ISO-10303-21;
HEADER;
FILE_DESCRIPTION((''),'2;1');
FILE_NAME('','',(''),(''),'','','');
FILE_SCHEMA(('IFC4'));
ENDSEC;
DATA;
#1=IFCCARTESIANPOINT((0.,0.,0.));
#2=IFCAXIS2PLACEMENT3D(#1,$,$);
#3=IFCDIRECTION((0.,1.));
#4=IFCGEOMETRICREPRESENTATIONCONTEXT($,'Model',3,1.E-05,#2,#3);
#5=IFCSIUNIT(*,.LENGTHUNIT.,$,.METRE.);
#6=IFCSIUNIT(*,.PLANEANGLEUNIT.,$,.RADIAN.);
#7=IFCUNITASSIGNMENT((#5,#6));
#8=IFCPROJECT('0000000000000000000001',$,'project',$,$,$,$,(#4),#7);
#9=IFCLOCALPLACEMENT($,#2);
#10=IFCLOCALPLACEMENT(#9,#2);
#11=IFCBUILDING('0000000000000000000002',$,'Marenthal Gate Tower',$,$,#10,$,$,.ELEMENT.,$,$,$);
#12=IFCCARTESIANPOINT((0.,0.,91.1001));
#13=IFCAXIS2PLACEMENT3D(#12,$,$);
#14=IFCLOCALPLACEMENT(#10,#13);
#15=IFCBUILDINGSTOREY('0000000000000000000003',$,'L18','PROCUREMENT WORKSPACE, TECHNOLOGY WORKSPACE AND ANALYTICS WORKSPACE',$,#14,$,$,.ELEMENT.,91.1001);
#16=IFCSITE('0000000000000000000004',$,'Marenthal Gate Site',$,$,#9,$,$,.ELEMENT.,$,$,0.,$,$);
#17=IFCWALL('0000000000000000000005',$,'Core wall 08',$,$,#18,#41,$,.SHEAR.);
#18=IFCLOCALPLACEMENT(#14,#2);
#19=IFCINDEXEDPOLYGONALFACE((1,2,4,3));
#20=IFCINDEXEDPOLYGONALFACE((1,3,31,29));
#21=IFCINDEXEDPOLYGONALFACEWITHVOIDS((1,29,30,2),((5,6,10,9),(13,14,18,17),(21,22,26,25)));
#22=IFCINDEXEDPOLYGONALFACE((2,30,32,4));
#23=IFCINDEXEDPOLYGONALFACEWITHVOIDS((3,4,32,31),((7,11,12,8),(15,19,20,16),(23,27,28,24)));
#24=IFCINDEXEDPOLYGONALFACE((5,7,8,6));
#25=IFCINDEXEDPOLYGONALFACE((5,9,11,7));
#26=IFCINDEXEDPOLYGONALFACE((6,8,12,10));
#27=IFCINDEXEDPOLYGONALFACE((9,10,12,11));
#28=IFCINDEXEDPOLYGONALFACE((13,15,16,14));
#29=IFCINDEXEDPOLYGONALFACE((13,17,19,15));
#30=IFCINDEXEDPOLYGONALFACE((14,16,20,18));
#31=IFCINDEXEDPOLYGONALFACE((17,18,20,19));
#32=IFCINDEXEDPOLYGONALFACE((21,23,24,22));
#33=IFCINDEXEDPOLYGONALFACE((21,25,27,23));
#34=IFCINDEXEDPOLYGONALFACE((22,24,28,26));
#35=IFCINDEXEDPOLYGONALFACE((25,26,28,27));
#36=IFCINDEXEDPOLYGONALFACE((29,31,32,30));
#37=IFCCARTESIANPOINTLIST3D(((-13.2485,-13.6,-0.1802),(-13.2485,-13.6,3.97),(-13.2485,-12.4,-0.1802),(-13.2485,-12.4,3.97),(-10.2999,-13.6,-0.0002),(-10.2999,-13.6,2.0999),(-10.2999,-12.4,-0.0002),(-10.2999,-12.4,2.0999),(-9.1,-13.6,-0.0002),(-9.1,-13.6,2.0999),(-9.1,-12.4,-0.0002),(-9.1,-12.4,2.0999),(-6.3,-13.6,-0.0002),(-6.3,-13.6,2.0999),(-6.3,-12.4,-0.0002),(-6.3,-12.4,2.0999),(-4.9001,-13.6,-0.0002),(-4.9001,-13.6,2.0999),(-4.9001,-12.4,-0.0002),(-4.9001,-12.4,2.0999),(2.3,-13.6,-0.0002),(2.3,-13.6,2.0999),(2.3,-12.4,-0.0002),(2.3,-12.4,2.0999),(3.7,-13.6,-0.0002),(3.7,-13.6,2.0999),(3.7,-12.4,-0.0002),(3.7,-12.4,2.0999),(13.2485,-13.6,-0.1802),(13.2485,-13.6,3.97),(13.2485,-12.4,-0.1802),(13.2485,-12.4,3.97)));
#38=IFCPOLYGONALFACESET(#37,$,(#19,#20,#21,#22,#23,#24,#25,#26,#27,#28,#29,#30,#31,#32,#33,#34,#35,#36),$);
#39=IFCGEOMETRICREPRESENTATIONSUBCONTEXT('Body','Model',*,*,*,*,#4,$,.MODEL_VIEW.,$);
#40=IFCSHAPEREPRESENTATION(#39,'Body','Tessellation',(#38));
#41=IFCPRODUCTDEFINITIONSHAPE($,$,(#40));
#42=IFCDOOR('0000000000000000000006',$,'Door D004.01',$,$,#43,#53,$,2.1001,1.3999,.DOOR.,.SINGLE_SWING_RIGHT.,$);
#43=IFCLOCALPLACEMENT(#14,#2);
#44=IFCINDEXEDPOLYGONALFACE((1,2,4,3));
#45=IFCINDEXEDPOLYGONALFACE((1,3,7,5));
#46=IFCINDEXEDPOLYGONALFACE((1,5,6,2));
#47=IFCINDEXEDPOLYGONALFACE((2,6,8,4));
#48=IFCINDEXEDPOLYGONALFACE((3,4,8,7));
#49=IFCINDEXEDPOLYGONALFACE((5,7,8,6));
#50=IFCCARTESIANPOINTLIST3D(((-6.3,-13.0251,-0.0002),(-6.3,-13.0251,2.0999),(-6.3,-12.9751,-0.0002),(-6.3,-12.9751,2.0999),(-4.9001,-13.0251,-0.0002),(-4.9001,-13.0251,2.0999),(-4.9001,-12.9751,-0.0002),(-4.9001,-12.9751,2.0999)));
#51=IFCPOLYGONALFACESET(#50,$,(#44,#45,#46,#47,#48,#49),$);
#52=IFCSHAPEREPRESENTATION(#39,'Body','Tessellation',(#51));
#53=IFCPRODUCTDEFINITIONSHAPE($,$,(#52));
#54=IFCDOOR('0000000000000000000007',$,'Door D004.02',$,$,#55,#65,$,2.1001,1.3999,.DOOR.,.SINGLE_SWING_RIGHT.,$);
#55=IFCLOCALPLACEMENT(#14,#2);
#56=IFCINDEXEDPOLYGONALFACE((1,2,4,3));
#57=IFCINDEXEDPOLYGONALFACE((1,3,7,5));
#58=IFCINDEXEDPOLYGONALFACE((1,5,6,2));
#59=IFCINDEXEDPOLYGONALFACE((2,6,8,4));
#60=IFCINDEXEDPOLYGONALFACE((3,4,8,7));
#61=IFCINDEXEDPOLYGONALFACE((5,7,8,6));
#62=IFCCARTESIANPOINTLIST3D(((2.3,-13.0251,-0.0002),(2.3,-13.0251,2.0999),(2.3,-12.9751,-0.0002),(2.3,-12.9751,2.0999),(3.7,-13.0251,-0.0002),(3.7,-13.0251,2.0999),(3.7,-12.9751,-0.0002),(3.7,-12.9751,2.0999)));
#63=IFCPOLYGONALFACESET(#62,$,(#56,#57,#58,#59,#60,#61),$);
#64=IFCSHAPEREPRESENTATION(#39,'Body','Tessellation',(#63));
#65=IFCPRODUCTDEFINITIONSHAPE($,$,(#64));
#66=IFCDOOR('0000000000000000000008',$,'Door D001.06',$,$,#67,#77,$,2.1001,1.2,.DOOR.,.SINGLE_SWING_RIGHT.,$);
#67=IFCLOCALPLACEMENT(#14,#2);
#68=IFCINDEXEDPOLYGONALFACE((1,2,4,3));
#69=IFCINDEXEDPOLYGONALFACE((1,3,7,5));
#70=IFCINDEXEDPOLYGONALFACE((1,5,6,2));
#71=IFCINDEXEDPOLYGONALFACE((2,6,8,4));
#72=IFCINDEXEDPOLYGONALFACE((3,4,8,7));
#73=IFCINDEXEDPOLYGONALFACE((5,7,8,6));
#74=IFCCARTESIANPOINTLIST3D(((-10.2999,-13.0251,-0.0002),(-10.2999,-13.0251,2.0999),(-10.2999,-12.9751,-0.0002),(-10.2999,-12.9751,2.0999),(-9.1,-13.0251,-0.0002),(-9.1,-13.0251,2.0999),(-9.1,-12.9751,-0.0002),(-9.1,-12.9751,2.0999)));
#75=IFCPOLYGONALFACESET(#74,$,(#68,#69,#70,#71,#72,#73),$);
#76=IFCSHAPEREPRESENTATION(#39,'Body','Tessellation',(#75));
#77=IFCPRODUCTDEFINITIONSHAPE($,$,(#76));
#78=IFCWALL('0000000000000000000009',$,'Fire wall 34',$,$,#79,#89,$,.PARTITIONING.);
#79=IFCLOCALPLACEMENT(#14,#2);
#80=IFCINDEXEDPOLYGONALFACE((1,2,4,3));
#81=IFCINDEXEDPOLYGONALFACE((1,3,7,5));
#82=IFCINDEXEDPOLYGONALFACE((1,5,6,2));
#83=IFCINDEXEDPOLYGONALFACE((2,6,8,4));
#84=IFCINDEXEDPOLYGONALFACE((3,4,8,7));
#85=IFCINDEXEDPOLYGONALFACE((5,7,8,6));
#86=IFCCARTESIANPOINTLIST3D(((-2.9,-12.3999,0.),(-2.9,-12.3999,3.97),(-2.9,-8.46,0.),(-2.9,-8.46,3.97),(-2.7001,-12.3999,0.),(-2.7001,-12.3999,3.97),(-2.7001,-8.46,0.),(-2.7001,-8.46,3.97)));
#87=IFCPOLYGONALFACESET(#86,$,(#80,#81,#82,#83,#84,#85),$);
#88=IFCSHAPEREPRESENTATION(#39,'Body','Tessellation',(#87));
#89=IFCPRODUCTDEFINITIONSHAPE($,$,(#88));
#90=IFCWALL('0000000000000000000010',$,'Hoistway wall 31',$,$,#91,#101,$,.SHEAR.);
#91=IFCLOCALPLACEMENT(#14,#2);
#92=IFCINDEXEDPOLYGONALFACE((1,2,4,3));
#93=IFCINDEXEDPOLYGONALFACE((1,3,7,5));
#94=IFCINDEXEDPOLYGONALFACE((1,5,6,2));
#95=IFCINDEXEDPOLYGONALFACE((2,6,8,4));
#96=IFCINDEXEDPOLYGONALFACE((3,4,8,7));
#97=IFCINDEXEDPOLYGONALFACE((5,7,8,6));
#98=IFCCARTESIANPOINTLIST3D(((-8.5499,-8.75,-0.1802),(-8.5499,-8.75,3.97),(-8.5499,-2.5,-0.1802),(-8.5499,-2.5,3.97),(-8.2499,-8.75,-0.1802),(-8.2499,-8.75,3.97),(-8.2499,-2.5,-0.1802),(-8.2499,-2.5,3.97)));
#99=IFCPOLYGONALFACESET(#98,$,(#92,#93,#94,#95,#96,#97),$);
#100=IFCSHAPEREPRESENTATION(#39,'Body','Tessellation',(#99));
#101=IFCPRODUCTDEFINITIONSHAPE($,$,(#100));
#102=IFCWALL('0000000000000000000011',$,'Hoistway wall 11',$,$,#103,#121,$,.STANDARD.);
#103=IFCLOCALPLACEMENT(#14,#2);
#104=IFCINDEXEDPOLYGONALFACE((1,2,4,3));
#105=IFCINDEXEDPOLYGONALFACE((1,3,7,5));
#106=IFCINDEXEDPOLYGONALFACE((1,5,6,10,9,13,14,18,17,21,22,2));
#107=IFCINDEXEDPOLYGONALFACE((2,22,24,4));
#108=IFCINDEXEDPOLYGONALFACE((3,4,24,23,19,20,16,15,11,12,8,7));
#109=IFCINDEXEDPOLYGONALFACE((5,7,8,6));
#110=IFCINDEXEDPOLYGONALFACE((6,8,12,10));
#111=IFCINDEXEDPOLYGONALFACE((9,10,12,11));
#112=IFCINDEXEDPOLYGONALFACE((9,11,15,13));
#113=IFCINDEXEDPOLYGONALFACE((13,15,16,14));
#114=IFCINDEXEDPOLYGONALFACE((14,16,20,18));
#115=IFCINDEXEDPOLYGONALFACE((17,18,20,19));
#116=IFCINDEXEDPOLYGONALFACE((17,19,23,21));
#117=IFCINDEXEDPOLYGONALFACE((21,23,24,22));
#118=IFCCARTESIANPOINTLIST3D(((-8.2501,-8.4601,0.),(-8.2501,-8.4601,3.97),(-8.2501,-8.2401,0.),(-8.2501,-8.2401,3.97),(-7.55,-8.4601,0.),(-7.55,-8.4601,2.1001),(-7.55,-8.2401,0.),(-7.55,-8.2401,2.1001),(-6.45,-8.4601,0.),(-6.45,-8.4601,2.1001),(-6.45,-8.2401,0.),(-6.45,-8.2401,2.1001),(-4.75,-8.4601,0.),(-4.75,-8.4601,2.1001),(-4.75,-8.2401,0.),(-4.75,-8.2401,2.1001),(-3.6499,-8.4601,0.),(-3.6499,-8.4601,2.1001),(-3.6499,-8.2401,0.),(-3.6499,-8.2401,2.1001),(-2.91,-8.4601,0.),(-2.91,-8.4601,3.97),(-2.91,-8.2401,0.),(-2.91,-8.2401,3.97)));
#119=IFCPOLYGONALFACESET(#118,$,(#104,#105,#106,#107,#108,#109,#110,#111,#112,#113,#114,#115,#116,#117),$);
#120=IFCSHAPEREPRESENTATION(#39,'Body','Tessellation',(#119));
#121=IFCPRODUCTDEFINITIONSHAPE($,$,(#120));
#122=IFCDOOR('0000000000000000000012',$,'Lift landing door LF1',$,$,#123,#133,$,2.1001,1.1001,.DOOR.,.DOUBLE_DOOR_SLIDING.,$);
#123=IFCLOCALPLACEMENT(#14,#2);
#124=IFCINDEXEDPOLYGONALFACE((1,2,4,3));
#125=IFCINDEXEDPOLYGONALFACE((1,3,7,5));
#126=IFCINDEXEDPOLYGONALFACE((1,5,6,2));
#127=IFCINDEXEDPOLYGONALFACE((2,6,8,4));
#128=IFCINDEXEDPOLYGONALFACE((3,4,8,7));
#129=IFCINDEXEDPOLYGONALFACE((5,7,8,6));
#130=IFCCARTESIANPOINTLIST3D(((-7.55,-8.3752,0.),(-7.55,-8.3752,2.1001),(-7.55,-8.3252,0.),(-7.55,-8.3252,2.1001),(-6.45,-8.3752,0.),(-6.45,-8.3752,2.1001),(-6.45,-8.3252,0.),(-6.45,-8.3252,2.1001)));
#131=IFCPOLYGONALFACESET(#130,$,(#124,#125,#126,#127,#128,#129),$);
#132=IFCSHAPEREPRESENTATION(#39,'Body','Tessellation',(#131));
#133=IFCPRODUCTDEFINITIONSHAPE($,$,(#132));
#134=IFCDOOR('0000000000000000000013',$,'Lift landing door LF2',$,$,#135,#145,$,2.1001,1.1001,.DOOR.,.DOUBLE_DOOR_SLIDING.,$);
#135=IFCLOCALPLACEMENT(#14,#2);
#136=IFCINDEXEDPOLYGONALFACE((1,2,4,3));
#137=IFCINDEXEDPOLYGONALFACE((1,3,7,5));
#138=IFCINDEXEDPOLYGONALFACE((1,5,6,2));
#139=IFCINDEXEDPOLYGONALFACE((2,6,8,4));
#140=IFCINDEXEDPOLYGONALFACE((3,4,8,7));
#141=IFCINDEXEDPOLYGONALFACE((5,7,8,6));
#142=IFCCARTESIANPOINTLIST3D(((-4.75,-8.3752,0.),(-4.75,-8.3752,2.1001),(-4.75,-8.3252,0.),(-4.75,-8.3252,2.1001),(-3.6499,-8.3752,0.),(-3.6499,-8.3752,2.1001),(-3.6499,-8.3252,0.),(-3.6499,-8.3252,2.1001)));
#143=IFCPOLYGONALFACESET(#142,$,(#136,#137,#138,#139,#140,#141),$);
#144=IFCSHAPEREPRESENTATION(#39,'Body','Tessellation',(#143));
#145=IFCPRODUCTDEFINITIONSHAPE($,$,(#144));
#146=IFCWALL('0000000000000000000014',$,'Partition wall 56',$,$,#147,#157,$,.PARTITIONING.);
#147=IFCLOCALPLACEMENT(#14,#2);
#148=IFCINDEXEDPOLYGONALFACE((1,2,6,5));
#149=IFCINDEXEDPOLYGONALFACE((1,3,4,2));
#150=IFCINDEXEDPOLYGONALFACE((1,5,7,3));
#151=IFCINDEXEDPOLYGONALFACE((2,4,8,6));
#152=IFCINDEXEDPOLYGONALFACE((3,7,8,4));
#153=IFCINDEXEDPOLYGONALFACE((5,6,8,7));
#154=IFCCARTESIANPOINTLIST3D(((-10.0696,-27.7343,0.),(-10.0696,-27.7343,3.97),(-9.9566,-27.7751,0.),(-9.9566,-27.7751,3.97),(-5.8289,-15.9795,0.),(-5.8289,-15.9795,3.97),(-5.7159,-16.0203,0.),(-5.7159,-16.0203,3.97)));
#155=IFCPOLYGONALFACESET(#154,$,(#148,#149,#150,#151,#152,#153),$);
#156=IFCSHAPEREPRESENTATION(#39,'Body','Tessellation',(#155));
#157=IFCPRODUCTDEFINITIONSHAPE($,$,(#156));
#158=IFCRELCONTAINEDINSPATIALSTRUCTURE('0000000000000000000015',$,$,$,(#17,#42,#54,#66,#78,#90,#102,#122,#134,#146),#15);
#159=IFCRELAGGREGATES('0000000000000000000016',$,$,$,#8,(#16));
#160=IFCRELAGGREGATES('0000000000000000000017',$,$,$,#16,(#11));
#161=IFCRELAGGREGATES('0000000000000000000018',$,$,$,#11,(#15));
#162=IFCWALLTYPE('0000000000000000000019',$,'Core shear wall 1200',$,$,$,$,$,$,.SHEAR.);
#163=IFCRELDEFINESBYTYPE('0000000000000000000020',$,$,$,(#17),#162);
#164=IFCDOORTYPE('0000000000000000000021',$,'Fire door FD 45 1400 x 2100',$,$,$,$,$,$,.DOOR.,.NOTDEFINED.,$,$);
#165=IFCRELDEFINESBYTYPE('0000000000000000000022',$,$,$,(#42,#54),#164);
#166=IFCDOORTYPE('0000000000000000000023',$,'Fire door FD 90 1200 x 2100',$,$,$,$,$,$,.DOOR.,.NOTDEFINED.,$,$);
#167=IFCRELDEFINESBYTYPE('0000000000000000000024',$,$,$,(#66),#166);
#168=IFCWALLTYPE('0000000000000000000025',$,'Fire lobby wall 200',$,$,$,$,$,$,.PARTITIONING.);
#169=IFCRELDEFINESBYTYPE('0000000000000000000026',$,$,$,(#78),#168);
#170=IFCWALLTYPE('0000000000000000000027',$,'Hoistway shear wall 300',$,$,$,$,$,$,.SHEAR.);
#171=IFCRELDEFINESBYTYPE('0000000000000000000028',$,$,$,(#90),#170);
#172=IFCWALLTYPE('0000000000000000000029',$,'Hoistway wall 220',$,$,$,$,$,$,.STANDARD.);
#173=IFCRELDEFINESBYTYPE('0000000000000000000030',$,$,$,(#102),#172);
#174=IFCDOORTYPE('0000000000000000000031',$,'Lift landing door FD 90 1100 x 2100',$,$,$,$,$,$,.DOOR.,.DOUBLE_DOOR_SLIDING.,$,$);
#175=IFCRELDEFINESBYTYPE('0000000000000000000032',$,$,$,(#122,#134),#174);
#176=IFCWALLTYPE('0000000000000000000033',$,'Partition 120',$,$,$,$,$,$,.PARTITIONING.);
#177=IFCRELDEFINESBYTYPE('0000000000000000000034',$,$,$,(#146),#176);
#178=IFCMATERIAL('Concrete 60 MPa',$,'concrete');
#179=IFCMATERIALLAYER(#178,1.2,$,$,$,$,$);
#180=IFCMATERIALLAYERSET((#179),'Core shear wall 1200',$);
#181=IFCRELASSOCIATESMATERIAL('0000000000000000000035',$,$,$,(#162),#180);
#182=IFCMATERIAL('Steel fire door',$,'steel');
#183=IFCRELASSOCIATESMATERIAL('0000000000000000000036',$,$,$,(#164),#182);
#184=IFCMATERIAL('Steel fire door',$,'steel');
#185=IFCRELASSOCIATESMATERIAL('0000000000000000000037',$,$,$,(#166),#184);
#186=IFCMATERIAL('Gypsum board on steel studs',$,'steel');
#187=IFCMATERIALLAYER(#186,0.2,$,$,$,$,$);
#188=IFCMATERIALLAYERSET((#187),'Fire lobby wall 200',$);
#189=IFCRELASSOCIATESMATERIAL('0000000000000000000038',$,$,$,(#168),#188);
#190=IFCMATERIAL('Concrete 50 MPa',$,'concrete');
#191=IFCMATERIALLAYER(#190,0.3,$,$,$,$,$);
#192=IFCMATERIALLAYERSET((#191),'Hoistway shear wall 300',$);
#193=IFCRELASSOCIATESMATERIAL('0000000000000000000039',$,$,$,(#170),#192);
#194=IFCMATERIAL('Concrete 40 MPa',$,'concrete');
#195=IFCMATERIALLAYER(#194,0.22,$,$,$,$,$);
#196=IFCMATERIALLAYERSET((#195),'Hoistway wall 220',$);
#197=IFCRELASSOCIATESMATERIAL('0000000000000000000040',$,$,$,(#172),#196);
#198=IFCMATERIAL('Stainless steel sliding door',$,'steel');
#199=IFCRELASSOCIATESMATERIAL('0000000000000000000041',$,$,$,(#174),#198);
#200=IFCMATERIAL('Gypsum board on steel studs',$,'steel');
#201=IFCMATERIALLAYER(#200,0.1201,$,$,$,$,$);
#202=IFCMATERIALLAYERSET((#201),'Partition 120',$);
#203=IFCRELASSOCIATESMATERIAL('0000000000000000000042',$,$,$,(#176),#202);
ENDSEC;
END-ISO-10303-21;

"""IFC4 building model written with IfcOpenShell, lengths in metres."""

from ifc_helpers import new_model, si_unit, direction, frame, frame_2d, origin, place, context, subcontext, project, spatial, rectangle, extrude, material, layer, layer_set, type_object, element, fill, save


model = new_model("IFC4")

# Units and contexts
model_context = context("Model", 3, precision=1e-05, world=origin(), true_north=direction((0.0, 1.0)))
body_context = subcontext(model_context, "Body", "Model", "MODEL_VIEW")
ifc_project = project(units=[si_unit("LENGTHUNIT", "METRE"), si_unit("PLANEANGLEUNIT", "RADIAN")], contexts=[model_context])

# Site, building, storey
site_placement = place(None, origin())
site = spatial("IfcSite", under=ifc_project, at=site_placement, Name="Marenthal Gate Site", CompositionType="ELEMENT", RefElevation=0.0)
building_placement = place(site_placement, origin())
building = spatial("IfcBuilding", under=site, at=building_placement, Name="Marenthal Gate Tower", CompositionType="ELEMENT")
storey_placement = place(building_placement, frame((0.0, 0.0, 91.1001)))
storey = spatial("IfcBuildingStorey", under=building, at=storey_placement, Name="L18", Description="PROCUREMENT WORKSPACE, TECHNOLOGY WORKSPACE AND ANALYTICS WORKSPACE", CompositionType="ELEMENT", Elevation=91.1001)

# Wall, openings, doors
ifc_material_1 = material(Name="Concrete 60 MPa", Category="concrete")
ifc_layer_1 = layer(ifc_material_1, 1.2)
ifc_layer_set_1 = layer_set([ifc_layer_1], Name="Core shear wall 1200")
wall_type_1 = type_object("IfcWallType", Name="Core shear wall 1200", PredefinedType="SHEAR", material=ifc_layer_set_1)
wall_1_placement = place(storey_placement, frame((-13.2485, -13.0, -0.1802), z_axis=(0.0, 0.0, 1.0), x_axis=(1.0, 0.0, 0.0)))
wall_1 = element("IfcWall", 1, at=wall_1_placement, inside=storey, type_object=wall_type_1, Name="Core wall 08", PredefinedType="SHEAR", context=body_context, shape_type="SweptSolid", body=[
    extrude(rectangle(XDim=26.4971, YDim=1.2, at=frame_2d((13.2485, 0.0))), origin(), (0.0, 0.0, 1.0), 4.1501),
])
opening_1_placement = place(wall_1_placement, frame((2.9485, 0.0, 0.1799)))
opening_1 = element("IfcOpeningElement", 2, at=opening_1_placement, cuts=wall_1, PredefinedType="OPENING", context=body_context, shape_type="SweptSolid", body=[
    extrude(rectangle(XDim=1.2, YDim=2.1001, at=frame_2d((0.6001, 1.05))), frame((0.0, 0.6099, 0.0), z_axis=(0.0, -1.0, 0.0), x_axis=(1.0, 0.0, 0.0)), (0.0, 0.0, 1.0), 1.22),
])
opening_2_placement = place(wall_1_placement, frame((6.9485, 0.0, 0.1799)))
opening_2 = element("IfcOpeningElement", 3, at=opening_2_placement, cuts=wall_1, PredefinedType="OPENING", context=body_context, shape_type="SweptSolid", body=[
    extrude(rectangle(XDim=1.3999, YDim=2.1001, at=frame_2d((0.7, 1.05))), frame((0.0, 0.6099, 0.0), z_axis=(0.0, -1.0, 0.0), x_axis=(1.0, 0.0, 0.0)), (0.0, 0.0, 1.0), 1.22),
])
opening_3_placement = place(wall_1_placement, frame((15.5486, 0.0, 0.1799)))
opening_3 = element("IfcOpeningElement", 4, at=opening_3_placement, cuts=wall_1, PredefinedType="OPENING", context=body_context, shape_type="SweptSolid", body=[
    extrude(rectangle(XDim=1.3999, YDim=2.1001, at=frame_2d((0.7, 1.05))), frame((0.0, 0.6099, 0.0), z_axis=(0.0, -1.0, 0.0), x_axis=(1.0, 0.0, 0.0)), (0.0, 0.0, 1.0), 1.22),
])
ifc_material_2 = material(Name="Steel fire door", Category="steel")
door_type_1 = type_object("IfcDoorType", Name="Fire door FD 45 1400 x 2100", OperationType="NOTDEFINED", PredefinedType="DOOR", material=ifc_material_2)
door_1_placement = place(opening_2_placement, origin())
door_1 = element("IfcDoor", 5, at=door_1_placement, inside=storey, type_object=door_type_1, Name="Door D004.01", OperationType="SINGLE_SWING_RIGHT", OverallHeight=2.1001, OverallWidth=1.3999, PredefinedType="DOOR", context=body_context, shape_type="SweptSolid", body=[
    extrude(rectangle(XDim=1.3999, YDim=2.1001, at=frame_2d((0.7, 1.05))), frame((0.0, 0.0249, 0.0), z_axis=(0.0, -1.0, 0.0), x_axis=(1.0, 0.0, 0.0)), (0.0, 0.0, 1.0), 0.05),
])
fill(opening_2, door_1)
door_2_placement = place(opening_3_placement, origin())
door_2 = element("IfcDoor", 6, at=door_2_placement, inside=storey, type_object=door_type_1, Name="Door D004.02", OperationType="SINGLE_SWING_RIGHT", OverallHeight=2.1001, OverallWidth=1.3999, PredefinedType="DOOR", context=body_context, shape_type="SweptSolid", body=[
    extrude(rectangle(XDim=1.3999, YDim=2.1001, at=frame_2d((0.7, 1.05))), frame((0.0, 0.0249, 0.0), z_axis=(0.0, -1.0, 0.0), x_axis=(1.0, 0.0, 0.0)), (0.0, 0.0, 1.0), 0.05),
])
fill(opening_3, door_2)
ifc_material_3 = material(Name="Steel fire door", Category="steel")
door_type_2 = type_object("IfcDoorType", Name="Fire door FD 90 1200 x 2100", OperationType="NOTDEFINED", PredefinedType="DOOR", material=ifc_material_3)
door_3_placement = place(opening_1_placement, origin())
door_3 = element("IfcDoor", 7, at=door_3_placement, inside=storey, type_object=door_type_2, Name="Door D001.06", OperationType="SINGLE_SWING_RIGHT", OverallHeight=2.1001, OverallWidth=1.2, PredefinedType="DOOR", context=body_context, shape_type="SweptSolid", body=[
    extrude(rectangle(XDim=1.2, YDim=2.1001, at=frame_2d((0.6001, 1.05))), frame((0.0, 0.0249, 0.0), z_axis=(0.0, -1.0, 0.0), x_axis=(1.0, 0.0, 0.0)), (0.0, 0.0, 1.0), 0.05),
])
fill(opening_1, door_3)

# Walls
ifc_material_4 = material(Name="Gypsum board on steel studs", Category="steel")
ifc_layer_2 = layer(ifc_material_4, 0.2)
ifc_layer_set_2 = layer_set([ifc_layer_2], Name="Fire lobby wall 200")
wall_type_2 = type_object("IfcWallType", Name="Fire lobby wall 200", PredefinedType="PARTITIONING", material=ifc_layer_set_2)
wall_2_placement = place(storey_placement, frame((-2.8, -12.3999, 0.0), z_axis=(0.0, 0.0, 1.0), x_axis=(0.0, 1.0, 0.0)))
element("IfcWall", 8, at=wall_2_placement, inside=storey, type_object=wall_type_2, Name="Fire wall 34", PredefinedType="PARTITIONING", context=body_context, shape_type="SweptSolid", body=[
    extrude(rectangle(XDim=3.9399, YDim=0.2, at=frame_2d((1.97, 0.0))), origin(), (0.0, 0.0, 1.0), 3.97),
])
ifc_material_5 = material(Name="Concrete 50 MPa", Category="concrete")
ifc_layer_3 = layer(ifc_material_5, 0.3)
ifc_layer_set_3 = layer_set([ifc_layer_3], Name="Hoistway shear wall 300")
wall_type_3 = type_object("IfcWallType", Name="Hoistway shear wall 300", PredefinedType="SHEAR", material=ifc_layer_set_3)
wall_3_placement = place(storey_placement, frame((-8.3999, -8.75, -0.1802), z_axis=(0.0, 0.0, 1.0), x_axis=(0.0, 1.0, 0.0)))
element("IfcWall", 9, at=wall_3_placement, inside=storey, type_object=wall_type_3, Name="Hoistway wall 31", PredefinedType="SHEAR", context=body_context, shape_type="SweptSolid", body=[
    extrude(rectangle(XDim=6.25, YDim=0.3, at=frame_2d((3.125, 0.0))), origin(), (0.0, 0.0, 1.0), 4.1501),
])

# Wall, openings, doors
ifc_material_6 = material(Name="Concrete 40 MPa", Category="concrete")
ifc_layer_4 = layer(ifc_material_6, 0.22)
ifc_layer_set_4 = layer_set([ifc_layer_4], Name="Hoistway wall 220")
wall_type_4 = type_object("IfcWallType", Name="Hoistway wall 220", PredefinedType="STANDARD", material=ifc_layer_set_4)
wall_4_placement = place(storey_placement, frame((-8.25, -8.3501, 0.0), z_axis=(0.0, 0.0, 1.0), x_axis=(1.0, 0.0, 0.0)))
wall_4 = element("IfcWall", 10, at=wall_4_placement, inside=storey, type_object=wall_type_4, Name="Hoistway wall 11", PredefinedType="STANDARD", context=body_context, shape_type="SweptSolid", body=[
    extrude(rectangle(XDim=5.3401, YDim=0.22, at=frame_2d((2.6699, 0.0))), origin(), (0.0, 0.0, 1.0), 3.97),
])
opening_4_placement = place(wall_4_placement, frame((0.7, 0.0, 0.0)))
opening_4 = element("IfcOpeningElement", 11, at=opening_4_placement, cuts=wall_4, PredefinedType="OPENING", context=body_context, shape_type="SweptSolid", body=[
    extrude(rectangle(XDim=1.1001, YDim=2.1001, at=frame_2d((0.55, 1.05))), frame((0.0, 0.1201, 0.0), z_axis=(0.0, -1.0, 0.0), x_axis=(1.0, 0.0, 0.0)), (0.0, 0.0, 1.0), 0.24),
])
opening_5_placement = place(wall_4_placement, frame((3.5, 0.0, 0.0)))
opening_5 = element("IfcOpeningElement", 12, at=opening_5_placement, cuts=wall_4, PredefinedType="OPENING", context=body_context, shape_type="SweptSolid", body=[
    extrude(rectangle(XDim=1.1001, YDim=2.1001, at=frame_2d((0.55, 1.05))), frame((0.0, 0.1201, 0.0), z_axis=(0.0, -1.0, 0.0), x_axis=(1.0, 0.0, 0.0)), (0.0, 0.0, 1.0), 0.24),
])
ifc_material_7 = material(Name="Stainless steel sliding door", Category="steel")
door_type_3 = type_object("IfcDoorType", Name="Lift landing door FD 90 1100 x 2100", OperationType="DOUBLE_DOOR_SLIDING", PredefinedType="DOOR", material=ifc_material_7)
door_4_placement = place(opening_4_placement, origin())
door_4 = element("IfcDoor", 13, at=door_4_placement, inside=storey, type_object=door_type_3, Name="Lift landing door LF1", OperationType="DOUBLE_DOOR_SLIDING", OverallHeight=2.1001, OverallWidth=1.1001, PredefinedType="DOOR", context=body_context, shape_type="SweptSolid", body=[
    extrude(rectangle(XDim=1.1001, YDim=2.1001, at=frame_2d((0.55, 1.05))), frame((0.0, 0.0249, 0.0), z_axis=(0.0, -1.0, 0.0), x_axis=(1.0, 0.0, 0.0)), (0.0, 0.0, 1.0), 0.05),
])
fill(opening_4, door_4)
door_5_placement = place(opening_5_placement, origin())
door_5 = element("IfcDoor", 14, at=door_5_placement, inside=storey, type_object=door_type_3, Name="Lift landing door LF2", OperationType="DOUBLE_DOOR_SLIDING", OverallHeight=2.1001, OverallWidth=1.1001, PredefinedType="DOOR", context=body_context, shape_type="SweptSolid", body=[
    extrude(rectangle(XDim=1.1001, YDim=2.1001, at=frame_2d((0.55, 1.05))), frame((0.0, 0.0249, 0.0), z_axis=(0.0, -1.0, 0.0), x_axis=(1.0, 0.0, 0.0)), (0.0, 0.0, 1.0), 0.05),
])
fill(opening_5, door_5)

# Wall
ifc_material_8 = material(Name="Gypsum board on steel studs", Category="steel")
ifc_layer_5 = layer(ifc_material_8, 0.1201)
ifc_layer_set_5 = layer_set([ifc_layer_5], Name="Partition 120")
wall_type_5 = type_object("IfcWallType", Name="Partition 120", PredefinedType="PARTITIONING", material=ifc_layer_set_5)
wall_5_placement = place(storey_placement, frame((-5.7725, -16.0, 0.0), z_axis=(0.0, 0.0, 1.0), x_axis=(-0.339354, -0.940659, 0.0)))
element("IfcWall", 15, at=wall_5_placement, inside=storey, type_object=wall_type_5, Name="Partition wall 56", PredefinedType="PARTITIONING", context=body_context, shape_type="SweptSolid", body=[
    extrude(rectangle(XDim=12.4963, YDim=0.1201, at=frame_2d((6.248, 0.0))), origin(), (0.0, 0.0, 1.0), 3.97),
])

save(model, "model.ifc")
